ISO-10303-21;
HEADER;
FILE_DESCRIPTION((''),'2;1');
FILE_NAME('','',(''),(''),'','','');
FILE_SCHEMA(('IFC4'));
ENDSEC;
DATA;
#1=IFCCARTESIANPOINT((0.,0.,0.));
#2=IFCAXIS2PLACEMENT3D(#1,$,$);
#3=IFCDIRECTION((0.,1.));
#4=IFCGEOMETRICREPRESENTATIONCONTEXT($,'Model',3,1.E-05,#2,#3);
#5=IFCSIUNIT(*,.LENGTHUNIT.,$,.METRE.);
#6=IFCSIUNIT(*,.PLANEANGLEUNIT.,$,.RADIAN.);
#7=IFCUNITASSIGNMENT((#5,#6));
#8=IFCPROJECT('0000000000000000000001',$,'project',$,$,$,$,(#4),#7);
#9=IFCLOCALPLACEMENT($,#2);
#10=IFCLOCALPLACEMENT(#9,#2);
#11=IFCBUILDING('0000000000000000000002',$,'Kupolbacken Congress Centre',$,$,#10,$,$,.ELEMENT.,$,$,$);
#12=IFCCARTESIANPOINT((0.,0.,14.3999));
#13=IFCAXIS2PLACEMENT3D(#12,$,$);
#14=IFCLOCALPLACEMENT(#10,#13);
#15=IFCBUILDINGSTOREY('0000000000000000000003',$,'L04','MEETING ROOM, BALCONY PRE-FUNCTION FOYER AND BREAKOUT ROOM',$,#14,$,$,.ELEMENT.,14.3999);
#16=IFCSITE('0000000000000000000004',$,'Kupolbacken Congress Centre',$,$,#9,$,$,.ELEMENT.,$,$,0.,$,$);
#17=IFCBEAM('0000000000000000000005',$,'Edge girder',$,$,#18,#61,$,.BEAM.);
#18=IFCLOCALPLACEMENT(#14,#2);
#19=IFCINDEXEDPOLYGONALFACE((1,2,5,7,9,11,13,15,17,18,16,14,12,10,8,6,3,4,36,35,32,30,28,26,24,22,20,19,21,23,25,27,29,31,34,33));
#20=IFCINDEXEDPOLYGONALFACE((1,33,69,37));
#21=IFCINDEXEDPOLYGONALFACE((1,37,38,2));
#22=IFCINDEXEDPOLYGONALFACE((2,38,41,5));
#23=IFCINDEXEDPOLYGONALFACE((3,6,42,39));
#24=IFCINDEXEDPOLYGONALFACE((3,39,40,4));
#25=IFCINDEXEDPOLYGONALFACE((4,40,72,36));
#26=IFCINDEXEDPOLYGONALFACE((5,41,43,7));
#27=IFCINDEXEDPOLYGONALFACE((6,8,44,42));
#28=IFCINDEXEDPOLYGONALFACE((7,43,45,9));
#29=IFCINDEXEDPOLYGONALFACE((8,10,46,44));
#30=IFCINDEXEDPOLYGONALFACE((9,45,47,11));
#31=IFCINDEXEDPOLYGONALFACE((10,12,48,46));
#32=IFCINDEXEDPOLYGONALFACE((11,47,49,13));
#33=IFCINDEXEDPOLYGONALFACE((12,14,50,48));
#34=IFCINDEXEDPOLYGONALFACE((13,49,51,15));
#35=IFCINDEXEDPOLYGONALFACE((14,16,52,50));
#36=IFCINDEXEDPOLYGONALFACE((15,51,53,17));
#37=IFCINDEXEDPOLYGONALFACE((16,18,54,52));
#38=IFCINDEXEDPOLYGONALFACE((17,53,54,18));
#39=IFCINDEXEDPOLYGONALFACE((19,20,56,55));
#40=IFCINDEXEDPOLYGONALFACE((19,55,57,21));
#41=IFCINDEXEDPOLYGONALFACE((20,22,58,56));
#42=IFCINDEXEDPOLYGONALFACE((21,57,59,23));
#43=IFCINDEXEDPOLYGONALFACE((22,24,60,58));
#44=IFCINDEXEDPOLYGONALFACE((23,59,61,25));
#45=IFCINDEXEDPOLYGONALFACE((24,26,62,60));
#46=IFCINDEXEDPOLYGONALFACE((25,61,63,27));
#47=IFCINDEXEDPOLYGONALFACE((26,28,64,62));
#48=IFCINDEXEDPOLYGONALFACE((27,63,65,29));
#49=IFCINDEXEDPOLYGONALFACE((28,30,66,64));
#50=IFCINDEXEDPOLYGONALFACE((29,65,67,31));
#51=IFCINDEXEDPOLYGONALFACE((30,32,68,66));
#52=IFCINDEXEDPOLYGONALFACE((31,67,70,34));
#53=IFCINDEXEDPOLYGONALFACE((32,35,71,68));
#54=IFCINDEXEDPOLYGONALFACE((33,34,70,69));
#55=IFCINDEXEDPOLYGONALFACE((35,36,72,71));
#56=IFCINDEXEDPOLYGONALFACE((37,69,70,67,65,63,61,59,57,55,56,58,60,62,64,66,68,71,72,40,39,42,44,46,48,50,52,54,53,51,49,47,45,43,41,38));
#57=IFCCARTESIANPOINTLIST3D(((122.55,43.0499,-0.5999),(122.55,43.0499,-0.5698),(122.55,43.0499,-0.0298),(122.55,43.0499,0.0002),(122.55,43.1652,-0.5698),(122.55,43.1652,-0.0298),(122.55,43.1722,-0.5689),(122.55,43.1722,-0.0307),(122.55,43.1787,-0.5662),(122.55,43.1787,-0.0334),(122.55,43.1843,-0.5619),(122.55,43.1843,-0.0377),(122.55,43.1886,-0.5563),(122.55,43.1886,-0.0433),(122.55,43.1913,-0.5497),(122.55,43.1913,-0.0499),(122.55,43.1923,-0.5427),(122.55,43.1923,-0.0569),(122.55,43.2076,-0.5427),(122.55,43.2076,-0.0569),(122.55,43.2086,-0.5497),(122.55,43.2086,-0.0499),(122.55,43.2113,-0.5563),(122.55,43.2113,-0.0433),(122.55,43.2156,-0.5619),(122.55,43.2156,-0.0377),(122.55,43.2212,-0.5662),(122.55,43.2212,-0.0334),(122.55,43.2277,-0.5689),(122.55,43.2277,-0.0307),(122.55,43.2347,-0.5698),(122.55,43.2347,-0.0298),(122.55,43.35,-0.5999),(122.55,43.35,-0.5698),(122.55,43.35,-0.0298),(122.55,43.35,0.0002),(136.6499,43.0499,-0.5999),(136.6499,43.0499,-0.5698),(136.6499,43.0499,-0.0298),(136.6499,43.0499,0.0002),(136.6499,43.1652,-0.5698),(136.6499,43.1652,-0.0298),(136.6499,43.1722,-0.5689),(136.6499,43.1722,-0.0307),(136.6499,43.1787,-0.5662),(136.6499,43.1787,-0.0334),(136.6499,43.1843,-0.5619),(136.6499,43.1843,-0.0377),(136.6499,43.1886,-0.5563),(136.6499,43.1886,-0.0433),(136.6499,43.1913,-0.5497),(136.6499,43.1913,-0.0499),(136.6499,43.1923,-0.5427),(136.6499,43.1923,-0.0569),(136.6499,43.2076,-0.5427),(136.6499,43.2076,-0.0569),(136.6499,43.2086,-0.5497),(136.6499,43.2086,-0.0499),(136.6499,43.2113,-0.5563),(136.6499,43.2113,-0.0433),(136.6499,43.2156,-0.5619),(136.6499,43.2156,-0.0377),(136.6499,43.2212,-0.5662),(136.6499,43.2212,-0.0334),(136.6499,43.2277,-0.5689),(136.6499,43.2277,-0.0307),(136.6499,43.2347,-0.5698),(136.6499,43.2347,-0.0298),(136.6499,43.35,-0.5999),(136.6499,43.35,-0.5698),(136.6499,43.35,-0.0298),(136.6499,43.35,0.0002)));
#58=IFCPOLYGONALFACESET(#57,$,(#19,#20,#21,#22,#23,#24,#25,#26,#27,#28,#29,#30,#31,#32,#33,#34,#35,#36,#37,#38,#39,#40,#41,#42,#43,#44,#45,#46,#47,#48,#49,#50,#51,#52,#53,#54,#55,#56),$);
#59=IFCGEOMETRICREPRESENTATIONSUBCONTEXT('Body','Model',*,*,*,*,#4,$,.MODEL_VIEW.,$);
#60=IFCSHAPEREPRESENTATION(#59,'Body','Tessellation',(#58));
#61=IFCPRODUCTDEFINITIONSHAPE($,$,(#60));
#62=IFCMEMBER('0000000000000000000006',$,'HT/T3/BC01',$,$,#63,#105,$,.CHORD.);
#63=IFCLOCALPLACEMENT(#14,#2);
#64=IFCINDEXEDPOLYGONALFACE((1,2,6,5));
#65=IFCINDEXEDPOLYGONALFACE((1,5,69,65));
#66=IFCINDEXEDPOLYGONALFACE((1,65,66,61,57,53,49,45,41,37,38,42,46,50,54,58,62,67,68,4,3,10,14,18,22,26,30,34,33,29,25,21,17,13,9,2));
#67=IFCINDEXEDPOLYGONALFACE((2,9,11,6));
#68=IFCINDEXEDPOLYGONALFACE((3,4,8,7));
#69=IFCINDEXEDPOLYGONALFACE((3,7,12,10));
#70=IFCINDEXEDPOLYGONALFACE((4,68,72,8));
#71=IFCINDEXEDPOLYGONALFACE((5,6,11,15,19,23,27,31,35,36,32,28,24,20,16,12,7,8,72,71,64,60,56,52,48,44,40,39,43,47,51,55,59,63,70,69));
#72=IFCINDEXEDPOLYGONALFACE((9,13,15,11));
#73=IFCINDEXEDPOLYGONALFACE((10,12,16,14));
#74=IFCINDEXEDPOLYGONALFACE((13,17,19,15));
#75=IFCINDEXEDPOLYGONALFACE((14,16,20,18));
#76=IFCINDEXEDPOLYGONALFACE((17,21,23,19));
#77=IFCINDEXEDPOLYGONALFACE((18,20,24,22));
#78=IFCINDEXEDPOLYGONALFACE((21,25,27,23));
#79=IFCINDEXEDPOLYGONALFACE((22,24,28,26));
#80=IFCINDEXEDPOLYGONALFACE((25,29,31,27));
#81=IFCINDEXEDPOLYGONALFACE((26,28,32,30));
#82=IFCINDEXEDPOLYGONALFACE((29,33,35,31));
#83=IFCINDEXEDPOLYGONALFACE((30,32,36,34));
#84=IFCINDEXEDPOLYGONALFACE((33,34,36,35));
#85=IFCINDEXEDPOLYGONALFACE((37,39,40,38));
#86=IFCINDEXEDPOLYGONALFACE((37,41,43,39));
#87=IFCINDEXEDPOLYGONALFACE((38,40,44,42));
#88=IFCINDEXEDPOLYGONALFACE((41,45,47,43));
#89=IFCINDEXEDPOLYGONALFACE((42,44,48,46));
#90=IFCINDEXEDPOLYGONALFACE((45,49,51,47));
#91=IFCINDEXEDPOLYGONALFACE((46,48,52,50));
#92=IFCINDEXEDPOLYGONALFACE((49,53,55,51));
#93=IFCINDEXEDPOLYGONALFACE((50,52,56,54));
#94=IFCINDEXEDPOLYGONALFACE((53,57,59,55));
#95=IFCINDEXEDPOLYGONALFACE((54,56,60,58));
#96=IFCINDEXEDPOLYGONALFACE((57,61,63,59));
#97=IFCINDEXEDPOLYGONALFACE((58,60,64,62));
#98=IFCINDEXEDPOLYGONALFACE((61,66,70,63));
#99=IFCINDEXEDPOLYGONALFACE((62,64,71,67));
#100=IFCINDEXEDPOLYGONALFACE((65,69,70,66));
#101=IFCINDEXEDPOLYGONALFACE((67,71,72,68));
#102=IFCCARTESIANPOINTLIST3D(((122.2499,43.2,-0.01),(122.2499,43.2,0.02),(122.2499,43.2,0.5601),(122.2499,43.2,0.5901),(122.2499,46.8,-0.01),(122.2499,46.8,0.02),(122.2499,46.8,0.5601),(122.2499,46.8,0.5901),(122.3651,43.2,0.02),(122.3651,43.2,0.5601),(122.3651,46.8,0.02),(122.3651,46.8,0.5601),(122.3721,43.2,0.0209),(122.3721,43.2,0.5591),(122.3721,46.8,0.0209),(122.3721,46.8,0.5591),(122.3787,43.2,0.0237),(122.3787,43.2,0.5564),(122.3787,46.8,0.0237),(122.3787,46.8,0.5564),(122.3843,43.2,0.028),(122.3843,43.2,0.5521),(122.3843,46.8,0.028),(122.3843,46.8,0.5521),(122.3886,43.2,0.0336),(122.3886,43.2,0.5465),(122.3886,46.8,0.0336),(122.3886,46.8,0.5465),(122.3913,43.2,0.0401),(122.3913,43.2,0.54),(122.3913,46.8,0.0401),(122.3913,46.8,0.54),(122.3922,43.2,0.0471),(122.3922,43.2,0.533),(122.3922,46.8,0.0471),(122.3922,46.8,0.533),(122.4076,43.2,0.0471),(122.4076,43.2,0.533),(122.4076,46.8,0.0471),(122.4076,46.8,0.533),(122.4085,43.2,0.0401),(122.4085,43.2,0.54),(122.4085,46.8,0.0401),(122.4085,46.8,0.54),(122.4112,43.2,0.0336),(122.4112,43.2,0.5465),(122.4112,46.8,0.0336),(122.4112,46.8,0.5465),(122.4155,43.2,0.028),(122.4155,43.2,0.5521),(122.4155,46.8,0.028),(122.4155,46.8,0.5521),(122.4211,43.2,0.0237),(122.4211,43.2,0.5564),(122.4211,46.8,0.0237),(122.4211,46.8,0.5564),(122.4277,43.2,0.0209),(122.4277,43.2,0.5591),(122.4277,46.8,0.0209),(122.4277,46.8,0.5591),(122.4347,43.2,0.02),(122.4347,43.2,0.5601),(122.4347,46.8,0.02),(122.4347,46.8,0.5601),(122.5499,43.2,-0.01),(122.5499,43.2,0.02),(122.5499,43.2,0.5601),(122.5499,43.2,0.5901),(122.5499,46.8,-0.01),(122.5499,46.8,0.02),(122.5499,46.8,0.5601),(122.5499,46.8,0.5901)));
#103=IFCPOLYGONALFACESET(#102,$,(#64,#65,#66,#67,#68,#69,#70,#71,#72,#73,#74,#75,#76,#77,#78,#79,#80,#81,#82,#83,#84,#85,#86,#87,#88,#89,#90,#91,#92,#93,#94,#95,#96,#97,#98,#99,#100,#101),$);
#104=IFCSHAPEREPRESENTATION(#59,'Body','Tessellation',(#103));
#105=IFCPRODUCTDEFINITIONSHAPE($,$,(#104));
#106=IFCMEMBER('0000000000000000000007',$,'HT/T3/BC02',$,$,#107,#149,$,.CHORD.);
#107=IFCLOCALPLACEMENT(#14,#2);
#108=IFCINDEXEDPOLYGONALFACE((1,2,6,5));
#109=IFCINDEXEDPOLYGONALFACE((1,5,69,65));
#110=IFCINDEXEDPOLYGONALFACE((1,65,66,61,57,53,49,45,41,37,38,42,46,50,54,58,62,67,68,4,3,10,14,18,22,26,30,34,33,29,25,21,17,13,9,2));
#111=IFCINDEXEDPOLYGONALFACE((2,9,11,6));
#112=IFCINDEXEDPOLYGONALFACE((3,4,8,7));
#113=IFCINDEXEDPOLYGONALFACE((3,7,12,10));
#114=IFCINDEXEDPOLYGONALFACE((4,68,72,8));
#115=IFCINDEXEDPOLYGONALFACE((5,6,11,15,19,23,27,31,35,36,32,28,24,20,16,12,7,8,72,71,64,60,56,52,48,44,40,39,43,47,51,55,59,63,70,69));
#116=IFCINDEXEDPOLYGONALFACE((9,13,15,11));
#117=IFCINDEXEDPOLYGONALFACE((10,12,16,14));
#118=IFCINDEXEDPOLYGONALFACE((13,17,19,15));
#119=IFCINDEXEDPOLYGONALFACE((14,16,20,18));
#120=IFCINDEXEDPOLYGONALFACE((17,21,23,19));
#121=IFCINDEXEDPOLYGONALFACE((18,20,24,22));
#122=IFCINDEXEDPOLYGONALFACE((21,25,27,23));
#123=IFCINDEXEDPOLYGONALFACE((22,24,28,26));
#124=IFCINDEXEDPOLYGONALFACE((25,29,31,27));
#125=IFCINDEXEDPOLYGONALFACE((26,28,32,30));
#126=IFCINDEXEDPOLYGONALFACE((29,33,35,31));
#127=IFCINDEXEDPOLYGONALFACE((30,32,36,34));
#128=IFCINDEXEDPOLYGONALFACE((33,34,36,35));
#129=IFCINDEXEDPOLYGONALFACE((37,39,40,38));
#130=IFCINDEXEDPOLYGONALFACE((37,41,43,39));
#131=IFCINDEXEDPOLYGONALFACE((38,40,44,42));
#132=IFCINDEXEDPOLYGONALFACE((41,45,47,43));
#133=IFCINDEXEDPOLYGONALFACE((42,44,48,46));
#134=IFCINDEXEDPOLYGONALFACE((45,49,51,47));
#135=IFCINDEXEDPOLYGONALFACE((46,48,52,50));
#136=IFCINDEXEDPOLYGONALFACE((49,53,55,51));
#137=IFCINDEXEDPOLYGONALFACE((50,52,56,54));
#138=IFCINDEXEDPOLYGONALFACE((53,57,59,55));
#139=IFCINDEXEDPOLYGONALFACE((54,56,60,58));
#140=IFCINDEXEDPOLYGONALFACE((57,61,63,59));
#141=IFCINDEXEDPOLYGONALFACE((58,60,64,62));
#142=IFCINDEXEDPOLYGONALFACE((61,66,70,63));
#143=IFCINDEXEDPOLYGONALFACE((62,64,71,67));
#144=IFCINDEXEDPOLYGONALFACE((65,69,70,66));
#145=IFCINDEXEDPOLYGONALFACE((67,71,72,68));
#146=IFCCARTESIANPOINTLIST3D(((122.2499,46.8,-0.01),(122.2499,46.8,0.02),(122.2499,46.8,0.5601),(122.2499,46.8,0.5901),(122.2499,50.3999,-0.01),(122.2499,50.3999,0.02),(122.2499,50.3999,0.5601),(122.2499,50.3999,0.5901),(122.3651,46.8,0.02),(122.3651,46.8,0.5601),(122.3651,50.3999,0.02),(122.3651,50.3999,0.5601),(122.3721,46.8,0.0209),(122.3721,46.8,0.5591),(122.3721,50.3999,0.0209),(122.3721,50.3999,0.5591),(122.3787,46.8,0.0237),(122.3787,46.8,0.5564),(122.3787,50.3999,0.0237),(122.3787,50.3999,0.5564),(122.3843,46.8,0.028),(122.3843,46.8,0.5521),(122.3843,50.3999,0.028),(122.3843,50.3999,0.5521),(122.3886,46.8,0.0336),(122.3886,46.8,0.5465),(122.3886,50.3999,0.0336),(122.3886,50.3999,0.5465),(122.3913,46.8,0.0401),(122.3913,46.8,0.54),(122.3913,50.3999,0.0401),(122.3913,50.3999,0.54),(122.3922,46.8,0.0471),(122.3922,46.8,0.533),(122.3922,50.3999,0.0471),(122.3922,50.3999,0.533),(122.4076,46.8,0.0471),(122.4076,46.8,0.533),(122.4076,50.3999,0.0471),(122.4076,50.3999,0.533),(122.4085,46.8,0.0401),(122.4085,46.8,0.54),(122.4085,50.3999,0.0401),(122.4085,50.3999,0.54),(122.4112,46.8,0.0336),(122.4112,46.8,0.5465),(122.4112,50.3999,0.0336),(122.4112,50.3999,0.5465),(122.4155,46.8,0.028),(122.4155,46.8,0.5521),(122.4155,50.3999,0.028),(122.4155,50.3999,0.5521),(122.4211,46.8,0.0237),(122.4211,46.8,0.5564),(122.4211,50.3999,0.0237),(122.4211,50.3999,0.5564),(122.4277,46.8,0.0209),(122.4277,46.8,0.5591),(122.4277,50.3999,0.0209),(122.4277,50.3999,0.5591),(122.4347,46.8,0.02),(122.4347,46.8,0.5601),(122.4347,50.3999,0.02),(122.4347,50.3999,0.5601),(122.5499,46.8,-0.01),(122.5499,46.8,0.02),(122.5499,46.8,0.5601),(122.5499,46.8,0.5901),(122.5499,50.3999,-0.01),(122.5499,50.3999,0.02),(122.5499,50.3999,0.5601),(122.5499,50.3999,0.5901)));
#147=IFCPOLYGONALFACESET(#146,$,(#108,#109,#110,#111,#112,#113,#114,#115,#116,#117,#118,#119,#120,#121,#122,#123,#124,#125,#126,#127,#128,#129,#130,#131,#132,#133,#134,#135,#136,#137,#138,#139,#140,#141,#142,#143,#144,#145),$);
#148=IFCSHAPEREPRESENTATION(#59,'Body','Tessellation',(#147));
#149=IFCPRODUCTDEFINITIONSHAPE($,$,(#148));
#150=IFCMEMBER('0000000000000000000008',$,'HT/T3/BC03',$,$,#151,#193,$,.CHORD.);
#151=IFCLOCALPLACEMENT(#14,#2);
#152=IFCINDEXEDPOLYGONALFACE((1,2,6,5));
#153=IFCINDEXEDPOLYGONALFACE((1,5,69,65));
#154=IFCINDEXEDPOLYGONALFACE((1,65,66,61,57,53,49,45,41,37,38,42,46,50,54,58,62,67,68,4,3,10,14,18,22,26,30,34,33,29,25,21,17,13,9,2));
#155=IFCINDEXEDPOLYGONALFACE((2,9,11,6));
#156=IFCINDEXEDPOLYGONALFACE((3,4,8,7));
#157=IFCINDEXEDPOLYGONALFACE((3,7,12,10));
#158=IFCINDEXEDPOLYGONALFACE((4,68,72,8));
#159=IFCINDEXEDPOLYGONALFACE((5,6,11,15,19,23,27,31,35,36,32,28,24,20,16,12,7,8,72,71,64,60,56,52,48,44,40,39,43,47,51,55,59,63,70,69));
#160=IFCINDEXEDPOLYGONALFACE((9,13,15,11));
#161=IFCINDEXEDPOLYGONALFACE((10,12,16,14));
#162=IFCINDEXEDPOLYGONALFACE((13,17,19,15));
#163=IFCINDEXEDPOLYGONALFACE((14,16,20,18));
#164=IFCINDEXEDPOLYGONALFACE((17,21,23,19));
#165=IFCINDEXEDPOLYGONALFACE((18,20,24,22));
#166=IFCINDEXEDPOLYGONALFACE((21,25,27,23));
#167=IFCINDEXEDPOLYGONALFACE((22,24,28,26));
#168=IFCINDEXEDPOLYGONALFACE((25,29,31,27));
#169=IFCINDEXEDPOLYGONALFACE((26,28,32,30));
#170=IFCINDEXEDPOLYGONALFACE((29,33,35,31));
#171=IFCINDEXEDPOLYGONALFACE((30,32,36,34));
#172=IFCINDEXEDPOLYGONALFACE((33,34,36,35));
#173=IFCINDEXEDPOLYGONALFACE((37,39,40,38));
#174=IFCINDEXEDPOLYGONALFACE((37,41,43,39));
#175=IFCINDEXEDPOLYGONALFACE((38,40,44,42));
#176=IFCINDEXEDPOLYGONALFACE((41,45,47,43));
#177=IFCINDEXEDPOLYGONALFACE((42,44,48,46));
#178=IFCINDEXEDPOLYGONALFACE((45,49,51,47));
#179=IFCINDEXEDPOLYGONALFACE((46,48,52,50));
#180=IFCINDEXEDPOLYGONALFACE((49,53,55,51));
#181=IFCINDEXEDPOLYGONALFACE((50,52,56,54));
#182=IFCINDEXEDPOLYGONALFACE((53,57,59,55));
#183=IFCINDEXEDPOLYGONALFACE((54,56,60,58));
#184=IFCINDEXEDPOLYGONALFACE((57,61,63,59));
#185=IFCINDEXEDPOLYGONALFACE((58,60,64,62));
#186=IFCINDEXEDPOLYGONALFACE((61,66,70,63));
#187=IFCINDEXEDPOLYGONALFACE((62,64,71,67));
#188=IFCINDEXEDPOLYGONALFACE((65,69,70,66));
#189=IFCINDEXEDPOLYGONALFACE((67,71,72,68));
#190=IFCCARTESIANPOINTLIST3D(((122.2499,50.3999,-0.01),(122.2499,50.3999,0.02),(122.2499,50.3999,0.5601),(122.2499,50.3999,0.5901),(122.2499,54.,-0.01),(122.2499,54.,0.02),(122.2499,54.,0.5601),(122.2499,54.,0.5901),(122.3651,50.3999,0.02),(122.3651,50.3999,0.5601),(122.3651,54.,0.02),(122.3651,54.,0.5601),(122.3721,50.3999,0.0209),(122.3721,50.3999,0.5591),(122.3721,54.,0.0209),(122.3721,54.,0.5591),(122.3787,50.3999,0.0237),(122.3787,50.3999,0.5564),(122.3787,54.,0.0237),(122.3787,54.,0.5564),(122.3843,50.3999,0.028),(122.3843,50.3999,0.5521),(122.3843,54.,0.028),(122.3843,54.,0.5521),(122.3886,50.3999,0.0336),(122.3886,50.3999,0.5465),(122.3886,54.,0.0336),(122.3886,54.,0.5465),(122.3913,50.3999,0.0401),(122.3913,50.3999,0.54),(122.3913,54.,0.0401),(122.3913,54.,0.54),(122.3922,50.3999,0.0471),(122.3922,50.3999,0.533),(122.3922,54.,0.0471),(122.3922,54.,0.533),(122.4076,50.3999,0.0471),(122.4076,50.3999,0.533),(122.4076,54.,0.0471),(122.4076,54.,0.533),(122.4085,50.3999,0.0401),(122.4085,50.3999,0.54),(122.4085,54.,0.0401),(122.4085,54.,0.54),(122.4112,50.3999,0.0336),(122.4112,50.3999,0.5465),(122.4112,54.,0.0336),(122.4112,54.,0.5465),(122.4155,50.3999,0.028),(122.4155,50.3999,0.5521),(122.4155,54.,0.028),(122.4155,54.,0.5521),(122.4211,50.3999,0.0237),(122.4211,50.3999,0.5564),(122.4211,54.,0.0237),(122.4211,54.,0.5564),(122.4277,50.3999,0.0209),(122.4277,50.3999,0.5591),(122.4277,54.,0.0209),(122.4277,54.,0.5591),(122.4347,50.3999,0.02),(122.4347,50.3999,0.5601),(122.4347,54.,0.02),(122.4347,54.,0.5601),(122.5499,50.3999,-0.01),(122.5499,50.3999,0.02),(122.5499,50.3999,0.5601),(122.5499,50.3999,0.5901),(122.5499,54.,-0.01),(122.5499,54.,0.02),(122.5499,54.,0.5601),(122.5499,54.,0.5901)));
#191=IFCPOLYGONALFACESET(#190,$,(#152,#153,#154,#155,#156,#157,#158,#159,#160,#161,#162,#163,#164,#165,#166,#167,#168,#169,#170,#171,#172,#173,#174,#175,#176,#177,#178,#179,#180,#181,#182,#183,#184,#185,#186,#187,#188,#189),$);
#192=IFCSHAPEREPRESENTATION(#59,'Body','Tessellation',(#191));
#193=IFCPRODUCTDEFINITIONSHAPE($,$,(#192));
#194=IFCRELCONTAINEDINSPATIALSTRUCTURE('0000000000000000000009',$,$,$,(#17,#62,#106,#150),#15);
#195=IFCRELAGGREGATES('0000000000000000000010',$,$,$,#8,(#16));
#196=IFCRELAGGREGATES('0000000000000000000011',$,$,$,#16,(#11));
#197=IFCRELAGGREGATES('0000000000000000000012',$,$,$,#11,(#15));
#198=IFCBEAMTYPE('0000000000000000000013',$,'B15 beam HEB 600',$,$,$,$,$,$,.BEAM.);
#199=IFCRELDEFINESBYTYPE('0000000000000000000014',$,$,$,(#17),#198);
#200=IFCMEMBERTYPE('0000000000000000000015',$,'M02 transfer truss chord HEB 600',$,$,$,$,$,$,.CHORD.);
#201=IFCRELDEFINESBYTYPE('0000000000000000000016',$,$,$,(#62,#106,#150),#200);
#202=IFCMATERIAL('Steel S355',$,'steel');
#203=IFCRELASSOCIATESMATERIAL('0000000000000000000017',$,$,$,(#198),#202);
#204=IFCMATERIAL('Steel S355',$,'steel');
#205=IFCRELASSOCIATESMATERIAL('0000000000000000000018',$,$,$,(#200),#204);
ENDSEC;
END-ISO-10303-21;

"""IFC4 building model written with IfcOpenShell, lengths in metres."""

from ifc_helpers import new_model, si_unit, direction, frame, origin, origin_2d, place, context, subcontext, project, spatial, i_section, extrude, material, material_profile, profile_set, type_object, element, save


model = new_model("IFC4")

# Units and contexts
model_context = context("Model", 3, precision=1e-05, world=origin(), true_north=direction((0.0, 1.0)))
body_context = subcontext(model_context, "Body", "Model", "MODEL_VIEW")
ifc_project = project(units=[si_unit("LENGTHUNIT", "METRE"), si_unit("PLANEANGLEUNIT", "RADIAN")], contexts=[model_context])

# Site, building, storey
site_placement = place(None, origin())
site = spatial("IfcSite", under=ifc_project, at=site_placement, Name="Kupolbacken Congress Centre", CompositionType="ELEMENT", RefElevation=0.0)
building_placement = place(site_placement, origin())
building = spatial("IfcBuilding", under=site, at=building_placement, Name="Kupolbacken Congress Centre", CompositionType="ELEMENT")
storey_placement = place(building_placement, frame((0.0, 0.0, 14.3999)))
storey = spatial("IfcBuildingStorey", under=building, at=storey_placement, Name="L04", Description="MEETING ROOM, BALCONY PRE-FUNCTION FOYER AND BREAKOUT ROOM", CompositionType="ELEMENT", Elevation=14.3999)

# Beam
ifc_material_1 = material(Name="Steel S355", Category="steel")
ifc_material_profile_1 = material_profile(ifc_material_1, i_section(OverallWidth=0.3, OverallDepth=0.6001, WebThickness=0.0154, FlangeThickness=0.03, FilletRadius=0.0271, at=origin_2d()), Name="HEB 600")
ifc_profile_set_1 = profile_set([ifc_material_profile_1], Name="Steel S355")
beam_type = type_object("IfcBeamType", Name="B15 beam HEB 600", PredefinedType="BEAM", material=ifc_profile_set_1)
beam_placement = place(storey_placement, frame((122.55, 43.2, -0.2998), z_axis=(1.0, 0.0, 0.0), x_axis=(0.0, 1.0, 0.0)))
element("IfcBeam", 1, at=beam_placement, inside=storey, type_object=beam_type, Name="Edge girder", PredefinedType="BEAM", context=body_context, shape_type="SweptSolid", body=[
    extrude(i_section(OverallWidth=0.3, OverallDepth=0.6001, WebThickness=0.0154, FlangeThickness=0.03, FilletRadius=0.0271, at=origin_2d()), origin(), (0.0, 0.0, 1.0), 14.0999),
])

# Members
ifc_material_2 = material(Name="Steel S355", Category="steel")
ifc_material_profile_2 = material_profile(ifc_material_2, i_section(OverallWidth=0.3, OverallDepth=0.6001, WebThickness=0.0154, FlangeThickness=0.03, FilletRadius=0.0271, at=origin_2d()), Name="HEB 600")
ifc_profile_set_2 = profile_set([ifc_material_profile_2], Name="Steel S355")
member_type_1 = type_object("IfcMemberType", Name="M02 transfer truss chord HEB 600", PredefinedType="CHORD", material=ifc_profile_set_2)
member_1_placement = place(storey_placement, frame((122.3999, 43.2, 0.29), z_axis=(0.0, 1.0, 0.0), x_axis=(-1.0, 0.0, 0.0)))
element("IfcMember", 2, at=member_1_placement, inside=storey, type_object=member_type_1, Name="HT/T3/BC01", PredefinedType="CHORD", context=body_context, shape_type="SweptSolid", body=[
    extrude(i_section(OverallWidth=0.3, OverallDepth=0.6001, WebThickness=0.0154, FlangeThickness=0.03, FilletRadius=0.0271, at=origin_2d()), origin(), (0.0, 0.0, 1.0), 3.6001),
])
member_2_placement = place(storey_placement, frame((122.3999, 46.8, 0.29), z_axis=(0.0, 1.0, 0.0), x_axis=(-1.0, 0.0, 0.0)))
element("IfcMember", 3, at=member_2_placement, inside=storey, type_object=member_type_1, Name="HT/T3/BC02", PredefinedType="CHORD", context=body_context, shape_type="SweptSolid", body=[
    extrude(i_section(OverallWidth=0.3, OverallDepth=0.6001, WebThickness=0.0154, FlangeThickness=0.03, FilletRadius=0.0271, at=origin_2d()), origin(), (0.0, 0.0, 1.0), 3.5999),
])
member_3_placement = place(storey_placement, frame((122.3999, 50.3999, 0.29), z_axis=(0.0, 1.0, 0.0), x_axis=(-1.0, 0.0, 0.0)))
element("IfcMember", 4, at=member_3_placement, inside=storey, type_object=member_type_1, Name="HT/T3/BC03", PredefinedType="CHORD", context=body_context, shape_type="SweptSolid", body=[
    extrude(i_section(OverallWidth=0.3, OverallDepth=0.6001, WebThickness=0.0154, FlangeThickness=0.03, FilletRadius=0.0271, at=origin_2d()), origin(), (0.0, 0.0, 1.0), 3.6001),
])

save(model, "model.ifc")
